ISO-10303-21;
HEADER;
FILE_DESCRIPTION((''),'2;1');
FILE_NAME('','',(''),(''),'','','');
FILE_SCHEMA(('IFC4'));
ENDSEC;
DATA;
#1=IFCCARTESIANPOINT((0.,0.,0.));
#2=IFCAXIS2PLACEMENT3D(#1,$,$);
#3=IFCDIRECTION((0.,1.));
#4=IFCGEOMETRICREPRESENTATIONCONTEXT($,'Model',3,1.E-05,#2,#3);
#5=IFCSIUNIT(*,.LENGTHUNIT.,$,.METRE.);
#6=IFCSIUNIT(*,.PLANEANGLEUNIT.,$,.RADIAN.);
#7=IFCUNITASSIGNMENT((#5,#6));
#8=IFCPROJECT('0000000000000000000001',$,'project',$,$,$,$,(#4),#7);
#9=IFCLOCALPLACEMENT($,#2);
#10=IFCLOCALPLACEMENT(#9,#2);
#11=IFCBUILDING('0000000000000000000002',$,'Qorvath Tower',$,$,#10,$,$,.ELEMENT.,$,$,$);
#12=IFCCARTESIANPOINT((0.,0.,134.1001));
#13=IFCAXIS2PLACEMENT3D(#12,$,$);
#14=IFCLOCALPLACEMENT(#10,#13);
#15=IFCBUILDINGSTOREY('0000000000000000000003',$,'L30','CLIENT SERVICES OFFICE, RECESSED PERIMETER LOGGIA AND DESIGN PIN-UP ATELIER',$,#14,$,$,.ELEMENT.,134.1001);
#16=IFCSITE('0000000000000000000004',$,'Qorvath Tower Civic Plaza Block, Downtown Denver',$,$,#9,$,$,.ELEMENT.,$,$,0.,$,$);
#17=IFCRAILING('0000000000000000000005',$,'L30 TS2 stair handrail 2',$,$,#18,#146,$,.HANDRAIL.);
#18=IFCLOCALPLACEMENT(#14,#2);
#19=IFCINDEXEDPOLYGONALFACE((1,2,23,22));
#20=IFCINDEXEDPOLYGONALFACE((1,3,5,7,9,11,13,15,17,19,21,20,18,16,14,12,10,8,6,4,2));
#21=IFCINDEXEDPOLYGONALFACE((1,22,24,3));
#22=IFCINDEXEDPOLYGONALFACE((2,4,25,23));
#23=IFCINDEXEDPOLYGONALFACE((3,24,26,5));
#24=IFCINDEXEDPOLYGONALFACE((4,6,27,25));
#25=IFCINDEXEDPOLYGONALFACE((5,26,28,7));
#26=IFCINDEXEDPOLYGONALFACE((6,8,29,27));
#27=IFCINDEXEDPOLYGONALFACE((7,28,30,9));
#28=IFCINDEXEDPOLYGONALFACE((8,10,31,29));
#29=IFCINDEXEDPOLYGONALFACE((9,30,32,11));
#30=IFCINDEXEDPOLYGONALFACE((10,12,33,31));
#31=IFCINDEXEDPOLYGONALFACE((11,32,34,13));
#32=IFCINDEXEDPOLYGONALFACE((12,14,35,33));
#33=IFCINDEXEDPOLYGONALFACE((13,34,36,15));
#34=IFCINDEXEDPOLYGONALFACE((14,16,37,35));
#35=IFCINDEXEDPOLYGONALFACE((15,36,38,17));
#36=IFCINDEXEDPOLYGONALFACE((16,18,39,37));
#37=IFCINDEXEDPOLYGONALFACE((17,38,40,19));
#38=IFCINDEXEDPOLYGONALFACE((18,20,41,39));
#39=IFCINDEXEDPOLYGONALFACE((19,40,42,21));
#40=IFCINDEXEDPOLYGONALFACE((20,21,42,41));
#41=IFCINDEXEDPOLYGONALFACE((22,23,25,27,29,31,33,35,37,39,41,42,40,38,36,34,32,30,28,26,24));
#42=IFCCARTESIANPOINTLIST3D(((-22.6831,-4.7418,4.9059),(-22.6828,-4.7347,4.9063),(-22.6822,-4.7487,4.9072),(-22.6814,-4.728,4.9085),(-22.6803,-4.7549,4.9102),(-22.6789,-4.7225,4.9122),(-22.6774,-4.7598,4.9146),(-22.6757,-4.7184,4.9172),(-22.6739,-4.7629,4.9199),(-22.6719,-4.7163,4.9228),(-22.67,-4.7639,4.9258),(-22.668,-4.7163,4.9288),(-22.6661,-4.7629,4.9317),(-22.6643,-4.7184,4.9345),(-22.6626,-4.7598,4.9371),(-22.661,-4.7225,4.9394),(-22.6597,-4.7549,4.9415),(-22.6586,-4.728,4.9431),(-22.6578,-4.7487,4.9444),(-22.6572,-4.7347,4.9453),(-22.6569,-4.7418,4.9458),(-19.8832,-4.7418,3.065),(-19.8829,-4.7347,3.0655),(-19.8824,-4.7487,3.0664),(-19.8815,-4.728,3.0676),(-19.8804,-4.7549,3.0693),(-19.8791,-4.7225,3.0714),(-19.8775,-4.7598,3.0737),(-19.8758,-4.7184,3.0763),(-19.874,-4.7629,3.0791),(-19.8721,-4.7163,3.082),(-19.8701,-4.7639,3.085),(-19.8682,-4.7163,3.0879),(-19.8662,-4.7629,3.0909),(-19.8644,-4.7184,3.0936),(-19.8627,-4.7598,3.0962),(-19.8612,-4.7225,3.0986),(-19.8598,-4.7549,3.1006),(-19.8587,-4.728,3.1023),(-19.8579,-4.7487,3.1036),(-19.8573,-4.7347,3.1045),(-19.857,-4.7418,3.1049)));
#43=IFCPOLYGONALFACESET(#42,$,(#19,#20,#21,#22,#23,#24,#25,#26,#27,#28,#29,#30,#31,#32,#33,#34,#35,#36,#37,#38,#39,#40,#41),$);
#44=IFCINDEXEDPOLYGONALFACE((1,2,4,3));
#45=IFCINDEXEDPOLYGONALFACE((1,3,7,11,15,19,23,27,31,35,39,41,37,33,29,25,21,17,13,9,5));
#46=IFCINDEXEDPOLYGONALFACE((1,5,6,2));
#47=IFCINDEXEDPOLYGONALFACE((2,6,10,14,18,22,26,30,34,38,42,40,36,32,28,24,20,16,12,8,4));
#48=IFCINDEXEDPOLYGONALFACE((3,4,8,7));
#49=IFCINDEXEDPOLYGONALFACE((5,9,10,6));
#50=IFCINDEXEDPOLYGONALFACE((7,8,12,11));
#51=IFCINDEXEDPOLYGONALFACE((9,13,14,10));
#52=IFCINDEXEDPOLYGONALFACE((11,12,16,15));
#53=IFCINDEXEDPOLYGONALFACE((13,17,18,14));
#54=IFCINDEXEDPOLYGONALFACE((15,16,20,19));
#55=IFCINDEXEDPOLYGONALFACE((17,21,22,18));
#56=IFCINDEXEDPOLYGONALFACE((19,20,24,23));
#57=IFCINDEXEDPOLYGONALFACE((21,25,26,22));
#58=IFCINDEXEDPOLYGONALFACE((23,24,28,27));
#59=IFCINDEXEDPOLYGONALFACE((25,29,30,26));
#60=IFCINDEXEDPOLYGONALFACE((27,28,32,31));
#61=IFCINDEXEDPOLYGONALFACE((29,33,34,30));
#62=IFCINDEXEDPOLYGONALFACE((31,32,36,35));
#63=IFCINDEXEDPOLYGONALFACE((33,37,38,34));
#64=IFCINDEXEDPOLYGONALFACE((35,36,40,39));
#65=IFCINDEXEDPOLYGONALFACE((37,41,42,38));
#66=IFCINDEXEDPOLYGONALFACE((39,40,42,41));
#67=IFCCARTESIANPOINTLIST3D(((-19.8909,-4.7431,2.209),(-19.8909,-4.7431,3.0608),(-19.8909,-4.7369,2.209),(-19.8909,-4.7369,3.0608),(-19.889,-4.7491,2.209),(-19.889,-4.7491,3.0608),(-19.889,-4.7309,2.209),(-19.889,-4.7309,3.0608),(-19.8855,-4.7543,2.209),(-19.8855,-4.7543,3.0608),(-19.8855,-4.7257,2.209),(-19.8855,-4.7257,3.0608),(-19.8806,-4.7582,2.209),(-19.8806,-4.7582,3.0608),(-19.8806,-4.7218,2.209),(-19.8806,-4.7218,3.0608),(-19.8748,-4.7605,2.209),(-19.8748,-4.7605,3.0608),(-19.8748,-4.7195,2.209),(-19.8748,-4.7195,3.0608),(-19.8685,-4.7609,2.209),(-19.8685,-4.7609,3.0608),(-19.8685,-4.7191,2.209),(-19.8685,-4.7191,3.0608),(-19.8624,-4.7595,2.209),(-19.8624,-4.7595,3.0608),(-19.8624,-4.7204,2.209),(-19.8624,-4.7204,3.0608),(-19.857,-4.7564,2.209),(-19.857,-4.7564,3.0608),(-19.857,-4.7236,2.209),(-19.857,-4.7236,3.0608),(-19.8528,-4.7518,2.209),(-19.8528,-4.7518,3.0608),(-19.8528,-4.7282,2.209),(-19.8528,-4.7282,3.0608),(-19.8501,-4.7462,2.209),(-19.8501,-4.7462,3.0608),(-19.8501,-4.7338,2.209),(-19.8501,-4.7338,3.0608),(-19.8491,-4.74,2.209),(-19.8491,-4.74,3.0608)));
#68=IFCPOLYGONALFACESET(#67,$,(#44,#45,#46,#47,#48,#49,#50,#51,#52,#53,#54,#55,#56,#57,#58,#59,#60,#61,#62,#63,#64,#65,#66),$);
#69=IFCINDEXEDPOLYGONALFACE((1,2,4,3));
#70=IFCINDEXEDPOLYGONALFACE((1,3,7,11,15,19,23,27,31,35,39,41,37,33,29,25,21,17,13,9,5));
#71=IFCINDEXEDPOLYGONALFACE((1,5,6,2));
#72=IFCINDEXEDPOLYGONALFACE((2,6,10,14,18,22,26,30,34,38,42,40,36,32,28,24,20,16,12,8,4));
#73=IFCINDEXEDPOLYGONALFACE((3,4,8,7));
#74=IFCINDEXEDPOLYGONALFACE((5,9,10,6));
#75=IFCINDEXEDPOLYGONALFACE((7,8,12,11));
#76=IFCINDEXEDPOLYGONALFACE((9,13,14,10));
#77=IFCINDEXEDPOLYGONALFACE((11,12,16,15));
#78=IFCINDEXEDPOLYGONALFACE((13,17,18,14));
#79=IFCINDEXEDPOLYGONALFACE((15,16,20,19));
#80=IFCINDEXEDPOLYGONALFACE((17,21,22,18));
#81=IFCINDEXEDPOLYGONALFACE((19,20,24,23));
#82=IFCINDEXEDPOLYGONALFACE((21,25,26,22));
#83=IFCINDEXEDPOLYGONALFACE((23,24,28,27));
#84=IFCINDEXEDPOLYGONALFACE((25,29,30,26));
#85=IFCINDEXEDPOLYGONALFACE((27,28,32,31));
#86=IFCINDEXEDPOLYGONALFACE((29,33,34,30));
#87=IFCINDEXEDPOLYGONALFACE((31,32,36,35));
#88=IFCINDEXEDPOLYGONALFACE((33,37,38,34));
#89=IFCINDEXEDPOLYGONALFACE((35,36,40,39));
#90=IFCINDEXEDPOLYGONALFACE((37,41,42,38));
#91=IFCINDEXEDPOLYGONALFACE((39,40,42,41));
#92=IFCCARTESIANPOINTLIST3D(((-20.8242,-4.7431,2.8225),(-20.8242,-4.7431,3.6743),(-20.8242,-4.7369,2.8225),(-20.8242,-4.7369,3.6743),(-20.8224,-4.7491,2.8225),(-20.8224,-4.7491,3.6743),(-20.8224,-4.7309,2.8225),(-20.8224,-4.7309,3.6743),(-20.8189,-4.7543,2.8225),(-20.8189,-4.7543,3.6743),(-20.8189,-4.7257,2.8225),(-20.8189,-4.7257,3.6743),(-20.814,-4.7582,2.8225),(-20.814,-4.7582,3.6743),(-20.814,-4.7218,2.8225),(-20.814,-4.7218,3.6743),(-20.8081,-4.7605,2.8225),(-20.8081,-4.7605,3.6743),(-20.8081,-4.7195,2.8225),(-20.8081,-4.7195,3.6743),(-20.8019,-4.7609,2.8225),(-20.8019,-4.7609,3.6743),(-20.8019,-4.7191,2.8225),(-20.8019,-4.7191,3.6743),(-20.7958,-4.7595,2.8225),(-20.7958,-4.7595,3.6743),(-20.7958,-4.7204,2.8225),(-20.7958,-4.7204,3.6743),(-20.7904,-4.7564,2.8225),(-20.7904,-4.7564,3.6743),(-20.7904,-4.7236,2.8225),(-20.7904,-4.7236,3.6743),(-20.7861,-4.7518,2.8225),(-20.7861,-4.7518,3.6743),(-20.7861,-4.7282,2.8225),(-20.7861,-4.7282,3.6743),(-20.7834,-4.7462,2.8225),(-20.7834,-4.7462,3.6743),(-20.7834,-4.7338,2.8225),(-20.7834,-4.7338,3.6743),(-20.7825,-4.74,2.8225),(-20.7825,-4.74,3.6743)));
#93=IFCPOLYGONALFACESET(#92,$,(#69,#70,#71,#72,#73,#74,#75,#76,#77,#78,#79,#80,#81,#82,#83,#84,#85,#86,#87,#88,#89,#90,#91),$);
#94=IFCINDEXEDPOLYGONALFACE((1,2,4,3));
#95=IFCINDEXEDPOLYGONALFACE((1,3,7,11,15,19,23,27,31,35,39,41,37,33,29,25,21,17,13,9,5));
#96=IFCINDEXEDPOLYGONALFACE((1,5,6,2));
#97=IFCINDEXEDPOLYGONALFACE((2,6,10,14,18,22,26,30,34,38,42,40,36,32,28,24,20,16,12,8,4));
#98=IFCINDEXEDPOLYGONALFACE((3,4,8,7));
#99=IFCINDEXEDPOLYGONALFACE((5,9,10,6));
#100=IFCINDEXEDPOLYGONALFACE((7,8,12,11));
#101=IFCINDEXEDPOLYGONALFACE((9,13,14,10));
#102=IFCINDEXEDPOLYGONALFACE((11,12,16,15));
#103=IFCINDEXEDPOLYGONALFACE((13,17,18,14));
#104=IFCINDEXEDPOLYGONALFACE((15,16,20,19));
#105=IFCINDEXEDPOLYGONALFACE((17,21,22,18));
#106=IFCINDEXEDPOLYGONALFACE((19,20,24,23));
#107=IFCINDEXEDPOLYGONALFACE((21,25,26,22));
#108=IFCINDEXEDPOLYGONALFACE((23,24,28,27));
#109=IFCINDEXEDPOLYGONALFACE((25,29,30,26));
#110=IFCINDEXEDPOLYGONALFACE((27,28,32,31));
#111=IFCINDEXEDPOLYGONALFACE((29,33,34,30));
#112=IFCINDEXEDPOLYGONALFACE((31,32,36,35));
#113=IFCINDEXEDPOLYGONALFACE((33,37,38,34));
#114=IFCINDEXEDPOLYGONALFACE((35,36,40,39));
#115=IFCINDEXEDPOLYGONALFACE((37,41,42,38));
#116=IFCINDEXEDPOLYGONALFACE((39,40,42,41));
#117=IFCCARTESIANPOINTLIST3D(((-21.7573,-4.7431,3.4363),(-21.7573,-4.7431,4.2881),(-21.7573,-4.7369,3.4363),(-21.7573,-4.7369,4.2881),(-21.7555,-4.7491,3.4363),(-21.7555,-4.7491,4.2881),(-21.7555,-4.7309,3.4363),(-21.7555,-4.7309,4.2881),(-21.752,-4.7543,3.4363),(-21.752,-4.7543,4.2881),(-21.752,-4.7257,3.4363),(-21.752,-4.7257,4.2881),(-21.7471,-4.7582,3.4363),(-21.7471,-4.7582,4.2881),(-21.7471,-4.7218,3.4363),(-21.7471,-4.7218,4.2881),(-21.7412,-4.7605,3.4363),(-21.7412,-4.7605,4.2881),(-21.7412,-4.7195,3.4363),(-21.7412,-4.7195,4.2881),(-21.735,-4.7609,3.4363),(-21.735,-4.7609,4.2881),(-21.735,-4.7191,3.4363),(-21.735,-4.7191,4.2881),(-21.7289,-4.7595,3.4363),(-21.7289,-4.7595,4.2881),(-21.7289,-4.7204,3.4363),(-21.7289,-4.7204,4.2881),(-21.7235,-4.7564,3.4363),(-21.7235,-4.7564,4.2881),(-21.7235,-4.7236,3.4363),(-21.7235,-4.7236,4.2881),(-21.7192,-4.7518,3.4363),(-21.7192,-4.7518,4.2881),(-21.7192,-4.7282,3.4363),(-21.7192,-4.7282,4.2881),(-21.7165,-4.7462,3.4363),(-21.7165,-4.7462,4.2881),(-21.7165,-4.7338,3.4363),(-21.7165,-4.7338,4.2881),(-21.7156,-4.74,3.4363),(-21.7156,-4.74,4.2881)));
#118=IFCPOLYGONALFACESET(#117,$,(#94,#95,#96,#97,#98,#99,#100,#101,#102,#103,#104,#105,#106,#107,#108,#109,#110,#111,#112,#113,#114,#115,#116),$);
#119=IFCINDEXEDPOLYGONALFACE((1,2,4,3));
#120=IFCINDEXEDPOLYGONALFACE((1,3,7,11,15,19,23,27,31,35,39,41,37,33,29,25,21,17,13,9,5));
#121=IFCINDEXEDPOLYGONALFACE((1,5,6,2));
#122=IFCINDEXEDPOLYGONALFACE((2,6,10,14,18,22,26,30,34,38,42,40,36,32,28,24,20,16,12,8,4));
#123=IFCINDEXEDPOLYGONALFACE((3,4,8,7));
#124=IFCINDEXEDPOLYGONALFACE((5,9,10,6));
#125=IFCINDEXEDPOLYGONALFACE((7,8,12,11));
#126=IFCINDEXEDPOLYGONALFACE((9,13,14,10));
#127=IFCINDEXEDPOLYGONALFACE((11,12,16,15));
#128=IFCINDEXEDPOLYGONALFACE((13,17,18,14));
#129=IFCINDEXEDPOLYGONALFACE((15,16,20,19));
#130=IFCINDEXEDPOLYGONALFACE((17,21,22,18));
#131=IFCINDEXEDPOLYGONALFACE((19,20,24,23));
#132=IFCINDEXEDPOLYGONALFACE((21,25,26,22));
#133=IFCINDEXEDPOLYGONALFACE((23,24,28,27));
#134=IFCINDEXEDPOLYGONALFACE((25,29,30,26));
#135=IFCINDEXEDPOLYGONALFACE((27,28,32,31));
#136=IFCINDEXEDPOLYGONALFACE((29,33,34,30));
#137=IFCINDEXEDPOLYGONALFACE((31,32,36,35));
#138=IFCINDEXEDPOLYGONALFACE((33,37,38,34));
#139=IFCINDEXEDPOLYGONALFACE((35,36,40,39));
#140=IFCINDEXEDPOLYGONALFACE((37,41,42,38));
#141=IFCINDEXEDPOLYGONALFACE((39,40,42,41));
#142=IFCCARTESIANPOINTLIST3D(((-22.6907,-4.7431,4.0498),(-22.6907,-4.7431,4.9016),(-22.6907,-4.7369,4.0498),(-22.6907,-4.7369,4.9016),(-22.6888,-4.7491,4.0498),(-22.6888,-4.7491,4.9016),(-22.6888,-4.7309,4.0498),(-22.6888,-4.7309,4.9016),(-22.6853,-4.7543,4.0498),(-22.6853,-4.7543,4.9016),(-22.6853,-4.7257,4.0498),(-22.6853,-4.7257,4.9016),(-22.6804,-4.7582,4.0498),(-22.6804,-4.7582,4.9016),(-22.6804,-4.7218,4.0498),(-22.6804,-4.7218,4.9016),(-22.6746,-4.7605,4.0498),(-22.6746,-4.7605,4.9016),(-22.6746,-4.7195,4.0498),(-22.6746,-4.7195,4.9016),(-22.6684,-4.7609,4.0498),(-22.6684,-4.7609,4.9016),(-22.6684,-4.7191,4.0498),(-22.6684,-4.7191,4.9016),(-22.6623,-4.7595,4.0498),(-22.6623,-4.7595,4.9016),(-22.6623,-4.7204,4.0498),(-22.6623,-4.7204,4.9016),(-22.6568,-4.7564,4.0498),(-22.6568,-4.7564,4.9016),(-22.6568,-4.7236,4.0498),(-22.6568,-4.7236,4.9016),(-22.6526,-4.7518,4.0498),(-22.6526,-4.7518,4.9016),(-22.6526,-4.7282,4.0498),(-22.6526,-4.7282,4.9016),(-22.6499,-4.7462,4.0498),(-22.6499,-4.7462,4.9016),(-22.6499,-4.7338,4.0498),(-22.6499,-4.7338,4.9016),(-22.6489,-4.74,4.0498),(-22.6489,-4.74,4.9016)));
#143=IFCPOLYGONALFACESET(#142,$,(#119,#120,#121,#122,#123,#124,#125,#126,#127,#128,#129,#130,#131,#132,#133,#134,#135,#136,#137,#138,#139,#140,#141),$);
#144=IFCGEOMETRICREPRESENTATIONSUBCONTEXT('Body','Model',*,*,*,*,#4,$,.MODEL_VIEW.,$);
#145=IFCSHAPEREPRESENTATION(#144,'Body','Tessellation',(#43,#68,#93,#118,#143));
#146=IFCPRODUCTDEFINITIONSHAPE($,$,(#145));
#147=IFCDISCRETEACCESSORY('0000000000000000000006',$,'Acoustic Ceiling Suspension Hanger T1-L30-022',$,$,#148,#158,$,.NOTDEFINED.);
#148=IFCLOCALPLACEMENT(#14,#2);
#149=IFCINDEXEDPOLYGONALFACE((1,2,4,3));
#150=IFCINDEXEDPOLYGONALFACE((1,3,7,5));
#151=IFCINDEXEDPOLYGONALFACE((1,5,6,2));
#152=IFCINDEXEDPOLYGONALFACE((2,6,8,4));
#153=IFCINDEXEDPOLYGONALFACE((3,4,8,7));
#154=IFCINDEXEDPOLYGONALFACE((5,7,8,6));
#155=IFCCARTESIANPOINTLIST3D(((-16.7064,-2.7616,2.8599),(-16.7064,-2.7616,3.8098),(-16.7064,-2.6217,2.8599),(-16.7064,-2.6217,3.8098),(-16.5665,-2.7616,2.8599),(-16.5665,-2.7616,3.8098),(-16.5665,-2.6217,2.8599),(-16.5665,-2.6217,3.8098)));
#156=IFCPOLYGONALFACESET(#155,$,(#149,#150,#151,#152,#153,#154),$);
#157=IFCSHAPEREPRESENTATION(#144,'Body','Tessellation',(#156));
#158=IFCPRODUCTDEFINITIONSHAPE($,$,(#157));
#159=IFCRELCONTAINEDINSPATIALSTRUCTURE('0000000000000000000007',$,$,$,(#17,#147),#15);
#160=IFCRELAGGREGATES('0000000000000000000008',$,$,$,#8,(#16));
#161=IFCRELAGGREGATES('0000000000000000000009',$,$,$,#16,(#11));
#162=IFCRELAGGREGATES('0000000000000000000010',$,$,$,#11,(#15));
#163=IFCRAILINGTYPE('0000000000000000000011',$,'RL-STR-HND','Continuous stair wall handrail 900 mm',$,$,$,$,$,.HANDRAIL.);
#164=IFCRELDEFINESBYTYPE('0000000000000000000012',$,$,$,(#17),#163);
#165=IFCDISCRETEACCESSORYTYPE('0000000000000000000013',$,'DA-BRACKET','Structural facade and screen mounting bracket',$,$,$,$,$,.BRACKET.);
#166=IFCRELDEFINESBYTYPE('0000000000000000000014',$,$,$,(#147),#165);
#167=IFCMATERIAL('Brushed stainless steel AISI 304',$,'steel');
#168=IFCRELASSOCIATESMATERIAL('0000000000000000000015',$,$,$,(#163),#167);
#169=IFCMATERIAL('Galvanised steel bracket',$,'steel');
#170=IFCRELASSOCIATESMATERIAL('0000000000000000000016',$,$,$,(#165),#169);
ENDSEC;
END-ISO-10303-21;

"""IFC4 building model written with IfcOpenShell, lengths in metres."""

from ifc_helpers import new_model, si_unit, direction, frame, origin, origin_2d, place, context, subcontext, project, spatial, rectangle, circle, extrude, material, type_object, element, save


model = new_model("IFC4")

# Units and contexts
model_context = context("Model", 3, precision=1e-05, world=origin(), true_north=direction((0.0, 1.0)))
body_context = subcontext(model_context, "Body", "Model", "MODEL_VIEW")
ifc_project = project(units=[si_unit("LENGTHUNIT", "METRE"), si_unit("PLANEANGLEUNIT", "RADIAN")], contexts=[model_context])

# Site, building, storey
site_placement = place(None, origin())
site = spatial("IfcSite", under=ifc_project, at=site_placement, Name="Qorvath Tower Civic Plaza Block, Downtown Denver", CompositionType="ELEMENT", RefElevation=0.0)
building_placement = place(site_placement, origin())
building = spatial("IfcBuilding", under=site, at=building_placement, Name="Qorvath Tower", CompositionType="ELEMENT")
storey_placement = place(building_placement, frame((0.0, 0.0, 134.1001)))
storey = spatial("IfcBuildingStorey", under=building, at=storey_placement, Name="L30", Description="CLIENT SERVICES OFFICE, RECESSED PERIMETER LOGGIA AND DESIGN PIN-UP ATELIER", CompositionType="ELEMENT", Elevation=134.1001)

# Railing
ifc_material_1 = material(Name="Brushed stainless steel AISI 304", Category="steel")
railing_type_1 = type_object("IfcRailingType", Name="RL-STR-HND", Description="Continuous stair wall handrail 900 mm", PredefinedType="HANDRAIL", material=ifc_material_1)
railing_1_placement = place(storey_placement, frame((-19.8701, -4.74, 2.209)))
element("IfcRailing", 1, at=railing_1_placement, inside=storey, type_object=railing_type_1, Name="L30 TS2 stair handrail 2", PredefinedType="HANDRAIL", context=body_context, shape_type="SweptSolid", body=[
    extrude(circle(Radius=0.0239, at=origin_2d()), frame((0.0, 0.0, 0.876), z_axis=(-0.835576, 0.0, 0.549376), x_axis=(0.0, -1.0, 0.0)), (0.0, 0.0, 1.0), 3.3508),
    extrude(circle(Radius=0.021, at=origin_2d()), origin(), (0.0, 0.0, 1.0), 0.8518),
    extrude(circle(Radius=0.021, at=origin_2d()), frame((-0.9333, 0.0, 0.6135)), (0.0, 0.0, 1.0), 0.8518),
    extrude(circle(Radius=0.021, at=origin_2d()), frame((-1.8665, 0.0, 1.2273)), (0.0, 0.0, 1.0), 0.8518),
    extrude(circle(Radius=0.021, at=origin_2d()), frame((-2.7998, 0.0, 1.8408)), (0.0, 0.0, 1.0), 0.8518),
])

# Discrete accessory
ifc_material_2 = material(Name="Galvanised steel bracket", Category="steel")
discrete_accessory_type = type_object("IfcDiscreteAccessoryType", Name="DA-BRACKET", Description="Structural facade and screen mounting bracket", PredefinedType="BRACKET", material=ifc_material_2)
discrete_accessory_placement = place(storey_placement, frame((-16.6365, -2.6917, 2.8599), z_axis=(0.0, 0.0, 1.0), x_axis=(1.0, 0.0, 0.0)))
element("IfcDiscreteAccessory", 2, at=discrete_accessory_placement, inside=storey, type_object=discrete_accessory_type, Name="Acoustic Ceiling Suspension Hanger T1-L30-022", PredefinedType="NOTDEFINED", context=body_context, shape_type="SweptSolid", body=[
    extrude(rectangle(XDim=0.1399, YDim=0.1399, at=origin_2d()), origin(), (0.0, 0.0, 1.0), 0.95),
])

save(model, "model.ifc")
